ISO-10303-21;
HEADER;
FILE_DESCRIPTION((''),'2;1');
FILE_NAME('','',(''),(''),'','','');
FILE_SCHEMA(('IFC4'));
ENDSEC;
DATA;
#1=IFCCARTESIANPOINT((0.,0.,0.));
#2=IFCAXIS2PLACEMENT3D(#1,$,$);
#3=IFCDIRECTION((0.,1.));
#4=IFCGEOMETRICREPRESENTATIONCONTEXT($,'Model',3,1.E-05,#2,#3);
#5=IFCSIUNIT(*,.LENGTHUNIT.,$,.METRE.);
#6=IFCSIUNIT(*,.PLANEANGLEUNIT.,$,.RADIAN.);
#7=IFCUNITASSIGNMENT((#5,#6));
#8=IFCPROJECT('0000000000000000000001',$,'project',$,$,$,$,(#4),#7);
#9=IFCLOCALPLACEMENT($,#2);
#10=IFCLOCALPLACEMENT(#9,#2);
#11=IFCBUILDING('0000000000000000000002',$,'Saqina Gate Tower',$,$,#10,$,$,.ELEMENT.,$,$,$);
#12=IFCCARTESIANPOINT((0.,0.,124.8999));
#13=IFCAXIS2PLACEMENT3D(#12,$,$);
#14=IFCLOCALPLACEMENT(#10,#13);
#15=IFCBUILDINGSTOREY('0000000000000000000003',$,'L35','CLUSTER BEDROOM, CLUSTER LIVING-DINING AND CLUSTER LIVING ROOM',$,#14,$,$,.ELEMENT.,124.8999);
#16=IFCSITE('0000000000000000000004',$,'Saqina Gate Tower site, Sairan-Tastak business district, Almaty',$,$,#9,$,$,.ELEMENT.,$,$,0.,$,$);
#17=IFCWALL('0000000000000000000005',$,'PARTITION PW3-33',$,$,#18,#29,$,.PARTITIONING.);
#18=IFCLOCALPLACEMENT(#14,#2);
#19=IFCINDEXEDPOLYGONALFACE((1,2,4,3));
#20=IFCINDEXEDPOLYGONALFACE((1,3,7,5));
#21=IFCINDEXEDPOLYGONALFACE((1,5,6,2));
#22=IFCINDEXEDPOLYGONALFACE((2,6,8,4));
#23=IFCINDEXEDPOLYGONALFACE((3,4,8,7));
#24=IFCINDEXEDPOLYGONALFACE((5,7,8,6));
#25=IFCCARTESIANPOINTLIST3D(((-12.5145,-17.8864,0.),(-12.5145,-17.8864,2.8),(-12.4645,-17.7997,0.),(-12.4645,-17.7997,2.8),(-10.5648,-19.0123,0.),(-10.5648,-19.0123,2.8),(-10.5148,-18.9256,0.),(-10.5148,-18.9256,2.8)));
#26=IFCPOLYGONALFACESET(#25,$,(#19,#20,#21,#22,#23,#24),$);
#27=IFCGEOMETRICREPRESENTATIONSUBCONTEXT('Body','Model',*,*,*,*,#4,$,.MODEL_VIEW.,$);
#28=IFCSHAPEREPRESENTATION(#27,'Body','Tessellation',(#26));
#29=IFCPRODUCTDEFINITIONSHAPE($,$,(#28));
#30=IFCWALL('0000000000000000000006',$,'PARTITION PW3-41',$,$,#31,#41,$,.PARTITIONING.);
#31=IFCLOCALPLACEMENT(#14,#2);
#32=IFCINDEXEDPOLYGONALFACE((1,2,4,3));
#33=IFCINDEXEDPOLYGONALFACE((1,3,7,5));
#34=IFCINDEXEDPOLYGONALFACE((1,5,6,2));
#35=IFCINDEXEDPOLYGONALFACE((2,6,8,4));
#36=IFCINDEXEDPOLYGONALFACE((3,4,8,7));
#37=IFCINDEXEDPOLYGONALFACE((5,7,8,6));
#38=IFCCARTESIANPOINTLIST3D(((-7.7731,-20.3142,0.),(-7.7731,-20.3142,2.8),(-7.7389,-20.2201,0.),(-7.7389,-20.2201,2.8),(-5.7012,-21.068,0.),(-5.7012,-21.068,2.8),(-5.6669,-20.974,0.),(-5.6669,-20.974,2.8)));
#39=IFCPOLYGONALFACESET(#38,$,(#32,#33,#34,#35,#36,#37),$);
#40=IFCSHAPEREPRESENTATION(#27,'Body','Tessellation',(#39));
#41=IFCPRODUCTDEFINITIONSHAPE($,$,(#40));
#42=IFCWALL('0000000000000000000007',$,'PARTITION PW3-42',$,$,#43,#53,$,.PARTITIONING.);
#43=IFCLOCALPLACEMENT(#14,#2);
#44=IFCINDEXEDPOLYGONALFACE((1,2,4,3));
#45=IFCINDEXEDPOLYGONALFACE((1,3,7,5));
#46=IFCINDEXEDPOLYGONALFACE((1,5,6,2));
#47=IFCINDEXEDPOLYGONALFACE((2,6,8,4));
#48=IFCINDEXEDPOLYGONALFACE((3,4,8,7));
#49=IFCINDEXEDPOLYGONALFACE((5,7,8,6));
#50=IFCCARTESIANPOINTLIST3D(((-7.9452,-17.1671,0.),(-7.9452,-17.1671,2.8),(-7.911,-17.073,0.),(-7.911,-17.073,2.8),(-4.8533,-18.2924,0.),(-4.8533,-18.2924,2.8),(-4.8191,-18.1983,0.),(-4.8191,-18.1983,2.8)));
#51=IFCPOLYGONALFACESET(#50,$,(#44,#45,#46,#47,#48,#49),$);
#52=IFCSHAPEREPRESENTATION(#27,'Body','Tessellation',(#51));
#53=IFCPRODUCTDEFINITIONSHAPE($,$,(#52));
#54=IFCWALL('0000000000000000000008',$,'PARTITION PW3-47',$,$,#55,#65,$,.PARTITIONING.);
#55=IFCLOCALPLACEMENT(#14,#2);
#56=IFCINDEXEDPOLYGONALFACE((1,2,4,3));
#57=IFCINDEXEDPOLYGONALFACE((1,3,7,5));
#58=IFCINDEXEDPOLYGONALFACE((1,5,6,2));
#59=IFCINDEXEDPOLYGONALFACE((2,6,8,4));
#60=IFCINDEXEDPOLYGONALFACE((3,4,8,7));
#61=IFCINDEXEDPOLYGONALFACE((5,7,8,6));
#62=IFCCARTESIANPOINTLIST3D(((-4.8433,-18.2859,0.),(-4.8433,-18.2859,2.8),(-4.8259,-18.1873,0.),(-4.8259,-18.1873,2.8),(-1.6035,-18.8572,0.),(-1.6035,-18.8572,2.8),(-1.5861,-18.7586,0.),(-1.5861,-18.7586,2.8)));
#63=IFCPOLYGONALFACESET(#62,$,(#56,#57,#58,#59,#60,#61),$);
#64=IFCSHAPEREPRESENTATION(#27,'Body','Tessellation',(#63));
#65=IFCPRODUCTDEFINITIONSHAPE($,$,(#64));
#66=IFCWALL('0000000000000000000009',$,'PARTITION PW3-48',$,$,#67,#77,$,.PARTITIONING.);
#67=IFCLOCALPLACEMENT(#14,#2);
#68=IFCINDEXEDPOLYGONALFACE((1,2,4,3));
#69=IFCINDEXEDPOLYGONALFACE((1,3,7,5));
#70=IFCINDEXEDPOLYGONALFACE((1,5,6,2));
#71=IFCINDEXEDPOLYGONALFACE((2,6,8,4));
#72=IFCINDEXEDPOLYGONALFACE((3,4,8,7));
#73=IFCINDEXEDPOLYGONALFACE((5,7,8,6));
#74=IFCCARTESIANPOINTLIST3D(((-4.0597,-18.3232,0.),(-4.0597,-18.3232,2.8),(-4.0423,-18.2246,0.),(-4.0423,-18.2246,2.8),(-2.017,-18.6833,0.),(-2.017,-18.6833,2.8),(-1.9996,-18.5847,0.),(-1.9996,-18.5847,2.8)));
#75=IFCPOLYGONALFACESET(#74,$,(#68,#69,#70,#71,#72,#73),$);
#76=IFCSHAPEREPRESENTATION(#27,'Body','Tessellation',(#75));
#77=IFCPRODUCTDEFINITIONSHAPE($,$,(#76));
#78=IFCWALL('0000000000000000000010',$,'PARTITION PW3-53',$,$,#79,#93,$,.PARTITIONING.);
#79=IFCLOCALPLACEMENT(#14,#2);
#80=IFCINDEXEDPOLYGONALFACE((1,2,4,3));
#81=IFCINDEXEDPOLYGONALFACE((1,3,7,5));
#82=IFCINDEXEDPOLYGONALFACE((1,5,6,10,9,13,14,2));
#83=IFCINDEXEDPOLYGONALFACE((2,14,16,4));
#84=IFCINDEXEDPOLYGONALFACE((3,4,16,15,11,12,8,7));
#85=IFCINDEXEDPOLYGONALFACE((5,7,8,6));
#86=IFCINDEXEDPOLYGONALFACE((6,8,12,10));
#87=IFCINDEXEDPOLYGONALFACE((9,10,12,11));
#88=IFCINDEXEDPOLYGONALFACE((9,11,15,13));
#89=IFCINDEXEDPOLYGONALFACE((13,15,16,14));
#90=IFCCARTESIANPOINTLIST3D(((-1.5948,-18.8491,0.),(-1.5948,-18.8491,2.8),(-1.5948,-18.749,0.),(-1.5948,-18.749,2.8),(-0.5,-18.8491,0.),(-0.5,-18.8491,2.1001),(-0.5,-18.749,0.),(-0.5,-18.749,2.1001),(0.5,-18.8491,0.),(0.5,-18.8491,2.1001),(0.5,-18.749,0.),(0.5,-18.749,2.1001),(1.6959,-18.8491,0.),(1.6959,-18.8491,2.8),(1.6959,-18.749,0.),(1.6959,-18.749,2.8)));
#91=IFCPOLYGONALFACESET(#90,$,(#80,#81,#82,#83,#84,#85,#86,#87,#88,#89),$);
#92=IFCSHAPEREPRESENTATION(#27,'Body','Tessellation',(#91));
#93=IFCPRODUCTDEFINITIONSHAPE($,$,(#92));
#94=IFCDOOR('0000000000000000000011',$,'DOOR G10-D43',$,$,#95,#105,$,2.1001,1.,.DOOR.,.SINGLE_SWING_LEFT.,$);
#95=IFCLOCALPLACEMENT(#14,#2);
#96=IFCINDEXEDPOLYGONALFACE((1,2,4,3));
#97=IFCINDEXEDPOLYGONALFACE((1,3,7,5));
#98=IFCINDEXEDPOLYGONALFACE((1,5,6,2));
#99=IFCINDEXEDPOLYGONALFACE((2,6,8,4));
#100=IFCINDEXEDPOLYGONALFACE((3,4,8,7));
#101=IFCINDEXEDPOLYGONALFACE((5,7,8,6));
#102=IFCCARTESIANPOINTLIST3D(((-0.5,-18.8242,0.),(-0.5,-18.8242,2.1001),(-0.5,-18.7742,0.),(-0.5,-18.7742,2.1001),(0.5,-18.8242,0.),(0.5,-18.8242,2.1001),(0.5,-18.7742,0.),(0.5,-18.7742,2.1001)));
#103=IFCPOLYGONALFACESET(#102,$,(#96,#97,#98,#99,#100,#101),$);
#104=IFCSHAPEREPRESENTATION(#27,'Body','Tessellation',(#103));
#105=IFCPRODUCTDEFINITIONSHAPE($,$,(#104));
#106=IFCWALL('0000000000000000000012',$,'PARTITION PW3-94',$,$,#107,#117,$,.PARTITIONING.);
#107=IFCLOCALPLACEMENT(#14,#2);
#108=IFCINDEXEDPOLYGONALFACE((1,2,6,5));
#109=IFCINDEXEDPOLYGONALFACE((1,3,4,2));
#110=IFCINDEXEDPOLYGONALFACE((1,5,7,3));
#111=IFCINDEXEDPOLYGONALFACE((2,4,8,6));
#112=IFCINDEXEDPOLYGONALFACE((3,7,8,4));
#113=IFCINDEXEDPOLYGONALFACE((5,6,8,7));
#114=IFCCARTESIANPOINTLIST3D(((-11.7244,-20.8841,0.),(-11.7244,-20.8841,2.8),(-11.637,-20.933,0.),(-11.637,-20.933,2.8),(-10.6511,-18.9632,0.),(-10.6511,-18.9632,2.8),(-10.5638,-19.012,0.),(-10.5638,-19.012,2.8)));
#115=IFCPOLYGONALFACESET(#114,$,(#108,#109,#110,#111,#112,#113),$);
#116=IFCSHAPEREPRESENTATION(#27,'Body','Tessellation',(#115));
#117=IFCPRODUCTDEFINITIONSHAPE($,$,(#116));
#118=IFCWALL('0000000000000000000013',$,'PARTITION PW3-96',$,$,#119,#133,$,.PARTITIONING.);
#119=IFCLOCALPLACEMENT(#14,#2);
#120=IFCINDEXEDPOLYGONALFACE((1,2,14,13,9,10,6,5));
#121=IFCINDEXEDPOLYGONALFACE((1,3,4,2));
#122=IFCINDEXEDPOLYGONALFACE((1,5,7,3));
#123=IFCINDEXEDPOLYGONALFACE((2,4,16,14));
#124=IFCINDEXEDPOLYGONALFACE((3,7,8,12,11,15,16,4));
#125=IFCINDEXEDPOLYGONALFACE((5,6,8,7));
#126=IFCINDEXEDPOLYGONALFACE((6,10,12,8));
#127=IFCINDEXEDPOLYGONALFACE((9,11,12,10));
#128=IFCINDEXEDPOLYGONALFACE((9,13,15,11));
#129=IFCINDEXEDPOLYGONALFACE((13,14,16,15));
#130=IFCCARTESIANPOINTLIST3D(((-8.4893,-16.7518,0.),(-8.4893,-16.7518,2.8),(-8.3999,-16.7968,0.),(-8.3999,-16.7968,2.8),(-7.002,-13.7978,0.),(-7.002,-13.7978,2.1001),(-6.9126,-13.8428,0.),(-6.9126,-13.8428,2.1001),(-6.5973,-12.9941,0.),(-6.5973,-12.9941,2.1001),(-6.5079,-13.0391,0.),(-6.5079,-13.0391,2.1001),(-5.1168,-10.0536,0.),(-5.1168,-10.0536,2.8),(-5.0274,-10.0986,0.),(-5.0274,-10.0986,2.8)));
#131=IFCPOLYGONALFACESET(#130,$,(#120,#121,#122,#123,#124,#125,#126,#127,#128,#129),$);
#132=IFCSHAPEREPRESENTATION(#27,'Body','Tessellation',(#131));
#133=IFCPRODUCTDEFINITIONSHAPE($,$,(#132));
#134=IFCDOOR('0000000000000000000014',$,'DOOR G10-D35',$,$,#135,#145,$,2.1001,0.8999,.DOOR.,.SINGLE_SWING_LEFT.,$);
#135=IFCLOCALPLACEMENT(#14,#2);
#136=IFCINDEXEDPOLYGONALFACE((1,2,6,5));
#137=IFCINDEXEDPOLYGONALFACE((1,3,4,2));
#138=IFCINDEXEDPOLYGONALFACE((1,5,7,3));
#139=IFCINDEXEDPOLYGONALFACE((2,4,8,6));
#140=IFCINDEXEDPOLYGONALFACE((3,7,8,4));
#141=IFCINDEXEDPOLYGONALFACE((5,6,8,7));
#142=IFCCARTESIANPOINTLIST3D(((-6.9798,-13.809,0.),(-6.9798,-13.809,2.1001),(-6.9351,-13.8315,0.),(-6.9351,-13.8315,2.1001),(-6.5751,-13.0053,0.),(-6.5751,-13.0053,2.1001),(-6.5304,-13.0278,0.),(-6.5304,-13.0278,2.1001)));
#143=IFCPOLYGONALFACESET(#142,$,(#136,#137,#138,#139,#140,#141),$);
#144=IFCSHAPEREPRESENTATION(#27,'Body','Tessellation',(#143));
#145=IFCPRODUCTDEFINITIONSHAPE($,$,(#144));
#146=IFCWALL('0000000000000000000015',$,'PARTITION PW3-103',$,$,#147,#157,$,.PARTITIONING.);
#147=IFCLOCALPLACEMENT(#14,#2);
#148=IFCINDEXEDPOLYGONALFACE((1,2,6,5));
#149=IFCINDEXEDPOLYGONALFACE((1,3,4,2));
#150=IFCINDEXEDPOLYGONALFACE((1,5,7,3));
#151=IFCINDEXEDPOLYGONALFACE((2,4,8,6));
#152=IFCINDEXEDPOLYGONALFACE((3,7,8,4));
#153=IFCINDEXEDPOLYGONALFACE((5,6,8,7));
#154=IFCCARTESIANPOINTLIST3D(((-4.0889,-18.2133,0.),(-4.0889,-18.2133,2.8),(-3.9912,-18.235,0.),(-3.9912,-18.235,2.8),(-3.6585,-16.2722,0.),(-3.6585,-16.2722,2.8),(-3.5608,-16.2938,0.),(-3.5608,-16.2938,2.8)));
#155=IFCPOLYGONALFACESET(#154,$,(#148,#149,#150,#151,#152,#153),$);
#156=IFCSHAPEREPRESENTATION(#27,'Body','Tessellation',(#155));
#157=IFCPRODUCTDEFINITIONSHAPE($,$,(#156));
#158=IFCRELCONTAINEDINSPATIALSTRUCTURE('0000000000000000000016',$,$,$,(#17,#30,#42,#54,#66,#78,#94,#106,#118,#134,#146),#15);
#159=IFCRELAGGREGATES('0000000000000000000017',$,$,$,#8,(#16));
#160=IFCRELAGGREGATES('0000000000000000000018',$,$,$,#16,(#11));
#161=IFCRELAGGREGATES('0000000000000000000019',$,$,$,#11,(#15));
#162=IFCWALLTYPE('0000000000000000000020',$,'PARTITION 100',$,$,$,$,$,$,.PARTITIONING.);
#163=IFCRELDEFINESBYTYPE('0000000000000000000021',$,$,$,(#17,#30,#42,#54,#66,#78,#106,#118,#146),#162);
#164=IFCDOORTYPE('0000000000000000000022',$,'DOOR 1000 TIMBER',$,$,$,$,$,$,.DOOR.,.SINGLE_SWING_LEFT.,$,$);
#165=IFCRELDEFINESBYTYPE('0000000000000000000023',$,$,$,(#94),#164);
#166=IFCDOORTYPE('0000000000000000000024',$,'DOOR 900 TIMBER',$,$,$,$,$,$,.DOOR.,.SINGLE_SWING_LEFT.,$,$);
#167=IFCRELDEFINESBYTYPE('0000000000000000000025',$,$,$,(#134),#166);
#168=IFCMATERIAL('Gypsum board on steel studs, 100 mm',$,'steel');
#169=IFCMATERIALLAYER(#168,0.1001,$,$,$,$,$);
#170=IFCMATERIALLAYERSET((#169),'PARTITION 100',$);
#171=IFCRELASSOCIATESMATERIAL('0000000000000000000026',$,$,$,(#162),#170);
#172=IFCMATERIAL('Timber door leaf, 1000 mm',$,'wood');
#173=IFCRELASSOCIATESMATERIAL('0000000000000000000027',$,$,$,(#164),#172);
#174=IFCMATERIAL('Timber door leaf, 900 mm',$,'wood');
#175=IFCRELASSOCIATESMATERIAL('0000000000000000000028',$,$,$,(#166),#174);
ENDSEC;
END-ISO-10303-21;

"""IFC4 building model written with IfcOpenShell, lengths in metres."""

from ifc_helpers import new_model, si_unit, direction, frame, frame_2d, origin, place, context, subcontext, project, spatial, rectangle, extrude, material, layer, layer_set, type_object, element, fill, save


model = new_model("IFC4")

# Units and contexts
model_context = context("Model", 3, precision=1e-05, world=origin(), true_north=direction((0.0, 1.0)))
body_context = subcontext(model_context, "Body", "Model", "MODEL_VIEW")
ifc_project = project(units=[si_unit("LENGTHUNIT", "METRE"), si_unit("PLANEANGLEUNIT", "RADIAN")], contexts=[model_context])

# Site, building, storey
site_placement = place(None, origin())
site = spatial("IfcSite", under=ifc_project, at=site_placement, Name="Saqina Gate Tower site, Sairan-Tastak business district, Almaty", CompositionType="ELEMENT", RefElevation=0.0)
building_placement = place(site_placement, origin())
building = spatial("IfcBuilding", under=site, at=building_placement, Name="Saqina Gate Tower", CompositionType="ELEMENT")
storey_placement = place(building_placement, frame((0.0, 0.0, 124.8999)))
storey = spatial("IfcBuildingStorey", under=building, at=storey_placement, Name="L35", Description="CLUSTER BEDROOM, CLUSTER LIVING-DINING AND CLUSTER LIVING ROOM", CompositionType="ELEMENT", Elevation=124.8999)

# Walls
ifc_material_1 = material(Name="Gypsum board on steel studs, 100 mm", Category="steel")
ifc_layer_1 = layer(ifc_material_1, 0.1001)
ifc_layer_set_1 = layer_set([ifc_layer_1], Name="PARTITION 100")
wall_type_1 = type_object("IfcWallType", Name="PARTITION 100", PredefinedType="PARTITIONING", material=ifc_layer_set_1)
wall_1_placement = place(storey_placement, frame((-12.4895, -17.843, 0.0), z_axis=(0.0, 0.0, 1.0), x_axis=(0.865965, -0.500104, 0.0)))
element("IfcWall", 1, at=wall_1_placement, inside=storey, type_object=wall_type_1, Name="PARTITION PW3-33", PredefinedType="PARTITIONING", context=body_context, shape_type="SweptSolid", body=[
    extrude(rectangle(XDim=2.2515, YDim=0.1001, at=frame_2d((1.1257, 0.0))), origin(), (0.0, 0.0, 1.0), 2.8),
])
wall_2_placement = place(storey_placement, frame((-7.7561, -20.2671, 0.0), z_axis=(0.0, 0.0, 1.0), x_axis=(0.939729, -0.341921, 0.0)))
element("IfcWall", 2, at=wall_2_placement, inside=storey, type_object=wall_type_1, Name="PARTITION PW3-41", PredefinedType="PARTITIONING", context=body_context, shape_type="SweptSolid", body=[
    extrude(rectangle(XDim=2.2048, YDim=0.1001, at=frame_2d((1.1025, 0.0))), origin(), (0.0, 0.0, 1.0), 2.8),
])
wall_3_placement = place(storey_placement, frame((-7.928, -17.1201, 0.0), z_axis=(0.0, 0.0, 1.0), x_axis=(0.9397, -0.341999, 0.0)))
element("IfcWall", 3, at=wall_3_placement, inside=storey, type_object=wall_type_1, Name="PARTITION PW3-42", PredefinedType="PARTITIONING", context=body_context, shape_type="SweptSolid", body=[
    extrude(rectangle(XDim=3.2903, YDim=0.1001, at=frame_2d((1.645, 0.0))), origin(), (0.0, 0.0, 1.0), 2.8),
])
wall_4_placement = place(storey_placement, frame((-4.8347, -18.2366, 0.0), z_axis=(0.0, 0.0, 1.0), x_axis=(0.984806, -0.173658, 0.0)))
element("IfcWall", 4, at=wall_4_placement, inside=storey, type_object=wall_type_1, Name="PARTITION PW3-47", PredefinedType="PARTITIONING", context=body_context, shape_type="SweptSolid", body=[
    extrude(rectangle(XDim=3.2898, YDim=0.1001, at=frame_2d((1.645, 0.0))), origin(), (0.0, 0.0, 1.0), 2.8),
])
wall_5_placement = place(storey_placement, frame((-4.051, -18.2739, 0.0), z_axis=(0.0, 0.0, 1.0), x_axis=(0.984814, -0.173611, 0.0)))
element("IfcWall", 5, at=wall_5_placement, inside=storey, type_object=wall_type_1, Name="PARTITION PW3-48", PredefinedType="PARTITIONING", context=body_context, shape_type="SweptSolid", body=[
    extrude(rectangle(XDim=2.0742, YDim=0.1001, at=frame_2d((1.0371, 0.0))), origin(), (0.0, 0.0, 1.0), 2.8),
])

# Wall, opening, door
wall_6_placement = place(storey_placement, frame((-1.595, -18.7991, 0.0), z_axis=(0.0, 0.0, 1.0), x_axis=(1.0, 0.0, 0.0)))
wall_6 = element("IfcWall", 6, at=wall_6_placement, inside=storey, type_object=wall_type_1, Name="PARTITION PW3-53", PredefinedType="PARTITIONING", context=body_context, shape_type="SweptSolid", body=[
    extrude(rectangle(XDim=3.2908, YDim=0.1001, at=frame_2d((1.6455, 0.0))), origin(), (0.0, 0.0, 1.0), 2.8),
])
opening_1_placement = place(wall_6_placement, frame((1.095, 0.0, 0.0)))
opening_1 = element("IfcOpeningElement", 7, at=opening_1_placement, cuts=wall_6, PredefinedType="OPENING", context=body_context, shape_type="SweptSolid", body=[
    extrude(rectangle(XDim=1.0, YDim=2.1001, at=frame_2d((0.5, 1.05))), frame((0.0, 0.062, 0.0), z_axis=(0.0, -1.0, 0.0), x_axis=(1.0, 0.0, 0.0)), (0.0, 0.0, 1.0), 0.124),
])
ifc_material_2 = material(Name="Timber door leaf, 1000 mm", Category="wood")
door_type_1 = type_object("IfcDoorType", Name="DOOR 1000 TIMBER", OperationType="SINGLE_SWING_LEFT", PredefinedType="DOOR", material=ifc_material_2)
door_1_placement = place(opening_1_placement, origin())
door_1 = element("IfcDoor", 8, at=door_1_placement, inside=storey, type_object=door_type_1, Name="DOOR G10-D43", OperationType="SINGLE_SWING_LEFT", OverallHeight=2.1001, OverallWidth=1.0, PredefinedType="DOOR", context=body_context, shape_type="SweptSolid", body=[
    extrude(rectangle(XDim=1.0, YDim=2.1001, at=frame_2d((0.5, 1.05))), frame((0.0, 0.0249, 0.0), z_axis=(0.0, -1.0, 0.0), x_axis=(1.0, 0.0, 0.0)), (0.0, 0.0, 1.0), 0.05),
])
fill(opening_1, door_1)

# Wall
wall_7_placement = place(storey_placement, frame((-11.6807, -20.9084, 0.0), z_axis=(0.0, 0.0, 1.0), x_axis=(0.487752, 0.872982, 0.0)))
element("IfcWall", 9, at=wall_7_placement, inside=storey, type_object=wall_type_1, Name="PARTITION PW3-94", PredefinedType="PARTITIONING", context=body_context, shape_type="SweptSolid", body=[
    extrude(rectangle(XDim=2.2004, YDim=0.1001, at=frame_2d((1.1001, 0.0))), origin(), (0.0, 0.0, 1.0), 2.8),
])

# Wall, opening, door
wall_8_placement = place(storey_placement, frame((-8.4446, -16.7742, 0.0), z_axis=(0.0, 0.0, 1.0), x_axis=(0.449712, 0.893174, 0.0)))
wall_8 = element("IfcWall", 10, at=wall_8_placement, inside=storey, type_object=wall_type_1, Name="PARTITION PW3-96", PredefinedType="PARTITIONING", context=body_context, shape_type="SweptSolid", body=[
    extrude(rectangle(XDim=7.4993, YDim=0.1001, at=frame_2d((3.7495, 0.0))), origin(), (0.0, 0.0, 1.0), 2.8),
])
opening_2_placement = place(wall_8_placement, frame((3.3071, 0.0, 0.0)))
opening_2 = element("IfcOpeningElement", 11, at=opening_2_placement, cuts=wall_8, PredefinedType="OPENING", context=body_context, shape_type="SweptSolid", body=[
    extrude(rectangle(XDim=0.8999, YDim=2.1001, at=frame_2d((0.45, 1.05))), frame((0.0, 0.062, 0.0), z_axis=(0.0, -1.0, 0.0), x_axis=(1.0, 0.0, 0.0)), (0.0, 0.0, 1.0), 0.124),
])
ifc_material_3 = material(Name="Timber door leaf, 900 mm", Category="wood")
door_type_2 = type_object("IfcDoorType", Name="DOOR 900 TIMBER", OperationType="SINGLE_SWING_LEFT", PredefinedType="DOOR", material=ifc_material_3)
door_2_placement = place(opening_2_placement, frame((0.8999, 0.0, 0.0), z_axis=(0.0, 0.0, 1.0), x_axis=(-1.0, 0.0, 0.0)))
door_2 = element("IfcDoor", 12, at=door_2_placement, inside=storey, type_object=door_type_2, Name="DOOR G10-D35", OperationType="SINGLE_SWING_LEFT", OverallHeight=2.1001, OverallWidth=0.8999, PredefinedType="DOOR", context=body_context, shape_type="SweptSolid", body=[
    extrude(rectangle(XDim=0.8999, YDim=2.1001, at=frame_2d((0.45, 1.05))), frame((0.0, 0.0249, 0.0), z_axis=(0.0, -1.0, 0.0), x_axis=(1.0, 0.0, 0.0)), (0.0, 0.0, 1.0), 0.05),
])
fill(opening_2, door_2)

# Wall
wall_9_placement = place(storey_placement, frame((-4.04, -18.2241, 0.0), z_axis=(0.0, 0.0, 1.0), x_axis=(0.216475, 0.976288, 0.0)))
element("IfcWall", 13, at=wall_9_placement, inside=storey, type_object=wall_type_1, Name="PARTITION PW3-103", PredefinedType="PARTITIONING", context=body_context, shape_type="SweptSolid", body=[
    extrude(rectangle(XDim=1.9883, YDim=0.1001, at=frame_2d((0.9941, 0.0))), origin(), (0.0, 0.0, 1.0), 2.8),
])

save(model, "model.ifc")
